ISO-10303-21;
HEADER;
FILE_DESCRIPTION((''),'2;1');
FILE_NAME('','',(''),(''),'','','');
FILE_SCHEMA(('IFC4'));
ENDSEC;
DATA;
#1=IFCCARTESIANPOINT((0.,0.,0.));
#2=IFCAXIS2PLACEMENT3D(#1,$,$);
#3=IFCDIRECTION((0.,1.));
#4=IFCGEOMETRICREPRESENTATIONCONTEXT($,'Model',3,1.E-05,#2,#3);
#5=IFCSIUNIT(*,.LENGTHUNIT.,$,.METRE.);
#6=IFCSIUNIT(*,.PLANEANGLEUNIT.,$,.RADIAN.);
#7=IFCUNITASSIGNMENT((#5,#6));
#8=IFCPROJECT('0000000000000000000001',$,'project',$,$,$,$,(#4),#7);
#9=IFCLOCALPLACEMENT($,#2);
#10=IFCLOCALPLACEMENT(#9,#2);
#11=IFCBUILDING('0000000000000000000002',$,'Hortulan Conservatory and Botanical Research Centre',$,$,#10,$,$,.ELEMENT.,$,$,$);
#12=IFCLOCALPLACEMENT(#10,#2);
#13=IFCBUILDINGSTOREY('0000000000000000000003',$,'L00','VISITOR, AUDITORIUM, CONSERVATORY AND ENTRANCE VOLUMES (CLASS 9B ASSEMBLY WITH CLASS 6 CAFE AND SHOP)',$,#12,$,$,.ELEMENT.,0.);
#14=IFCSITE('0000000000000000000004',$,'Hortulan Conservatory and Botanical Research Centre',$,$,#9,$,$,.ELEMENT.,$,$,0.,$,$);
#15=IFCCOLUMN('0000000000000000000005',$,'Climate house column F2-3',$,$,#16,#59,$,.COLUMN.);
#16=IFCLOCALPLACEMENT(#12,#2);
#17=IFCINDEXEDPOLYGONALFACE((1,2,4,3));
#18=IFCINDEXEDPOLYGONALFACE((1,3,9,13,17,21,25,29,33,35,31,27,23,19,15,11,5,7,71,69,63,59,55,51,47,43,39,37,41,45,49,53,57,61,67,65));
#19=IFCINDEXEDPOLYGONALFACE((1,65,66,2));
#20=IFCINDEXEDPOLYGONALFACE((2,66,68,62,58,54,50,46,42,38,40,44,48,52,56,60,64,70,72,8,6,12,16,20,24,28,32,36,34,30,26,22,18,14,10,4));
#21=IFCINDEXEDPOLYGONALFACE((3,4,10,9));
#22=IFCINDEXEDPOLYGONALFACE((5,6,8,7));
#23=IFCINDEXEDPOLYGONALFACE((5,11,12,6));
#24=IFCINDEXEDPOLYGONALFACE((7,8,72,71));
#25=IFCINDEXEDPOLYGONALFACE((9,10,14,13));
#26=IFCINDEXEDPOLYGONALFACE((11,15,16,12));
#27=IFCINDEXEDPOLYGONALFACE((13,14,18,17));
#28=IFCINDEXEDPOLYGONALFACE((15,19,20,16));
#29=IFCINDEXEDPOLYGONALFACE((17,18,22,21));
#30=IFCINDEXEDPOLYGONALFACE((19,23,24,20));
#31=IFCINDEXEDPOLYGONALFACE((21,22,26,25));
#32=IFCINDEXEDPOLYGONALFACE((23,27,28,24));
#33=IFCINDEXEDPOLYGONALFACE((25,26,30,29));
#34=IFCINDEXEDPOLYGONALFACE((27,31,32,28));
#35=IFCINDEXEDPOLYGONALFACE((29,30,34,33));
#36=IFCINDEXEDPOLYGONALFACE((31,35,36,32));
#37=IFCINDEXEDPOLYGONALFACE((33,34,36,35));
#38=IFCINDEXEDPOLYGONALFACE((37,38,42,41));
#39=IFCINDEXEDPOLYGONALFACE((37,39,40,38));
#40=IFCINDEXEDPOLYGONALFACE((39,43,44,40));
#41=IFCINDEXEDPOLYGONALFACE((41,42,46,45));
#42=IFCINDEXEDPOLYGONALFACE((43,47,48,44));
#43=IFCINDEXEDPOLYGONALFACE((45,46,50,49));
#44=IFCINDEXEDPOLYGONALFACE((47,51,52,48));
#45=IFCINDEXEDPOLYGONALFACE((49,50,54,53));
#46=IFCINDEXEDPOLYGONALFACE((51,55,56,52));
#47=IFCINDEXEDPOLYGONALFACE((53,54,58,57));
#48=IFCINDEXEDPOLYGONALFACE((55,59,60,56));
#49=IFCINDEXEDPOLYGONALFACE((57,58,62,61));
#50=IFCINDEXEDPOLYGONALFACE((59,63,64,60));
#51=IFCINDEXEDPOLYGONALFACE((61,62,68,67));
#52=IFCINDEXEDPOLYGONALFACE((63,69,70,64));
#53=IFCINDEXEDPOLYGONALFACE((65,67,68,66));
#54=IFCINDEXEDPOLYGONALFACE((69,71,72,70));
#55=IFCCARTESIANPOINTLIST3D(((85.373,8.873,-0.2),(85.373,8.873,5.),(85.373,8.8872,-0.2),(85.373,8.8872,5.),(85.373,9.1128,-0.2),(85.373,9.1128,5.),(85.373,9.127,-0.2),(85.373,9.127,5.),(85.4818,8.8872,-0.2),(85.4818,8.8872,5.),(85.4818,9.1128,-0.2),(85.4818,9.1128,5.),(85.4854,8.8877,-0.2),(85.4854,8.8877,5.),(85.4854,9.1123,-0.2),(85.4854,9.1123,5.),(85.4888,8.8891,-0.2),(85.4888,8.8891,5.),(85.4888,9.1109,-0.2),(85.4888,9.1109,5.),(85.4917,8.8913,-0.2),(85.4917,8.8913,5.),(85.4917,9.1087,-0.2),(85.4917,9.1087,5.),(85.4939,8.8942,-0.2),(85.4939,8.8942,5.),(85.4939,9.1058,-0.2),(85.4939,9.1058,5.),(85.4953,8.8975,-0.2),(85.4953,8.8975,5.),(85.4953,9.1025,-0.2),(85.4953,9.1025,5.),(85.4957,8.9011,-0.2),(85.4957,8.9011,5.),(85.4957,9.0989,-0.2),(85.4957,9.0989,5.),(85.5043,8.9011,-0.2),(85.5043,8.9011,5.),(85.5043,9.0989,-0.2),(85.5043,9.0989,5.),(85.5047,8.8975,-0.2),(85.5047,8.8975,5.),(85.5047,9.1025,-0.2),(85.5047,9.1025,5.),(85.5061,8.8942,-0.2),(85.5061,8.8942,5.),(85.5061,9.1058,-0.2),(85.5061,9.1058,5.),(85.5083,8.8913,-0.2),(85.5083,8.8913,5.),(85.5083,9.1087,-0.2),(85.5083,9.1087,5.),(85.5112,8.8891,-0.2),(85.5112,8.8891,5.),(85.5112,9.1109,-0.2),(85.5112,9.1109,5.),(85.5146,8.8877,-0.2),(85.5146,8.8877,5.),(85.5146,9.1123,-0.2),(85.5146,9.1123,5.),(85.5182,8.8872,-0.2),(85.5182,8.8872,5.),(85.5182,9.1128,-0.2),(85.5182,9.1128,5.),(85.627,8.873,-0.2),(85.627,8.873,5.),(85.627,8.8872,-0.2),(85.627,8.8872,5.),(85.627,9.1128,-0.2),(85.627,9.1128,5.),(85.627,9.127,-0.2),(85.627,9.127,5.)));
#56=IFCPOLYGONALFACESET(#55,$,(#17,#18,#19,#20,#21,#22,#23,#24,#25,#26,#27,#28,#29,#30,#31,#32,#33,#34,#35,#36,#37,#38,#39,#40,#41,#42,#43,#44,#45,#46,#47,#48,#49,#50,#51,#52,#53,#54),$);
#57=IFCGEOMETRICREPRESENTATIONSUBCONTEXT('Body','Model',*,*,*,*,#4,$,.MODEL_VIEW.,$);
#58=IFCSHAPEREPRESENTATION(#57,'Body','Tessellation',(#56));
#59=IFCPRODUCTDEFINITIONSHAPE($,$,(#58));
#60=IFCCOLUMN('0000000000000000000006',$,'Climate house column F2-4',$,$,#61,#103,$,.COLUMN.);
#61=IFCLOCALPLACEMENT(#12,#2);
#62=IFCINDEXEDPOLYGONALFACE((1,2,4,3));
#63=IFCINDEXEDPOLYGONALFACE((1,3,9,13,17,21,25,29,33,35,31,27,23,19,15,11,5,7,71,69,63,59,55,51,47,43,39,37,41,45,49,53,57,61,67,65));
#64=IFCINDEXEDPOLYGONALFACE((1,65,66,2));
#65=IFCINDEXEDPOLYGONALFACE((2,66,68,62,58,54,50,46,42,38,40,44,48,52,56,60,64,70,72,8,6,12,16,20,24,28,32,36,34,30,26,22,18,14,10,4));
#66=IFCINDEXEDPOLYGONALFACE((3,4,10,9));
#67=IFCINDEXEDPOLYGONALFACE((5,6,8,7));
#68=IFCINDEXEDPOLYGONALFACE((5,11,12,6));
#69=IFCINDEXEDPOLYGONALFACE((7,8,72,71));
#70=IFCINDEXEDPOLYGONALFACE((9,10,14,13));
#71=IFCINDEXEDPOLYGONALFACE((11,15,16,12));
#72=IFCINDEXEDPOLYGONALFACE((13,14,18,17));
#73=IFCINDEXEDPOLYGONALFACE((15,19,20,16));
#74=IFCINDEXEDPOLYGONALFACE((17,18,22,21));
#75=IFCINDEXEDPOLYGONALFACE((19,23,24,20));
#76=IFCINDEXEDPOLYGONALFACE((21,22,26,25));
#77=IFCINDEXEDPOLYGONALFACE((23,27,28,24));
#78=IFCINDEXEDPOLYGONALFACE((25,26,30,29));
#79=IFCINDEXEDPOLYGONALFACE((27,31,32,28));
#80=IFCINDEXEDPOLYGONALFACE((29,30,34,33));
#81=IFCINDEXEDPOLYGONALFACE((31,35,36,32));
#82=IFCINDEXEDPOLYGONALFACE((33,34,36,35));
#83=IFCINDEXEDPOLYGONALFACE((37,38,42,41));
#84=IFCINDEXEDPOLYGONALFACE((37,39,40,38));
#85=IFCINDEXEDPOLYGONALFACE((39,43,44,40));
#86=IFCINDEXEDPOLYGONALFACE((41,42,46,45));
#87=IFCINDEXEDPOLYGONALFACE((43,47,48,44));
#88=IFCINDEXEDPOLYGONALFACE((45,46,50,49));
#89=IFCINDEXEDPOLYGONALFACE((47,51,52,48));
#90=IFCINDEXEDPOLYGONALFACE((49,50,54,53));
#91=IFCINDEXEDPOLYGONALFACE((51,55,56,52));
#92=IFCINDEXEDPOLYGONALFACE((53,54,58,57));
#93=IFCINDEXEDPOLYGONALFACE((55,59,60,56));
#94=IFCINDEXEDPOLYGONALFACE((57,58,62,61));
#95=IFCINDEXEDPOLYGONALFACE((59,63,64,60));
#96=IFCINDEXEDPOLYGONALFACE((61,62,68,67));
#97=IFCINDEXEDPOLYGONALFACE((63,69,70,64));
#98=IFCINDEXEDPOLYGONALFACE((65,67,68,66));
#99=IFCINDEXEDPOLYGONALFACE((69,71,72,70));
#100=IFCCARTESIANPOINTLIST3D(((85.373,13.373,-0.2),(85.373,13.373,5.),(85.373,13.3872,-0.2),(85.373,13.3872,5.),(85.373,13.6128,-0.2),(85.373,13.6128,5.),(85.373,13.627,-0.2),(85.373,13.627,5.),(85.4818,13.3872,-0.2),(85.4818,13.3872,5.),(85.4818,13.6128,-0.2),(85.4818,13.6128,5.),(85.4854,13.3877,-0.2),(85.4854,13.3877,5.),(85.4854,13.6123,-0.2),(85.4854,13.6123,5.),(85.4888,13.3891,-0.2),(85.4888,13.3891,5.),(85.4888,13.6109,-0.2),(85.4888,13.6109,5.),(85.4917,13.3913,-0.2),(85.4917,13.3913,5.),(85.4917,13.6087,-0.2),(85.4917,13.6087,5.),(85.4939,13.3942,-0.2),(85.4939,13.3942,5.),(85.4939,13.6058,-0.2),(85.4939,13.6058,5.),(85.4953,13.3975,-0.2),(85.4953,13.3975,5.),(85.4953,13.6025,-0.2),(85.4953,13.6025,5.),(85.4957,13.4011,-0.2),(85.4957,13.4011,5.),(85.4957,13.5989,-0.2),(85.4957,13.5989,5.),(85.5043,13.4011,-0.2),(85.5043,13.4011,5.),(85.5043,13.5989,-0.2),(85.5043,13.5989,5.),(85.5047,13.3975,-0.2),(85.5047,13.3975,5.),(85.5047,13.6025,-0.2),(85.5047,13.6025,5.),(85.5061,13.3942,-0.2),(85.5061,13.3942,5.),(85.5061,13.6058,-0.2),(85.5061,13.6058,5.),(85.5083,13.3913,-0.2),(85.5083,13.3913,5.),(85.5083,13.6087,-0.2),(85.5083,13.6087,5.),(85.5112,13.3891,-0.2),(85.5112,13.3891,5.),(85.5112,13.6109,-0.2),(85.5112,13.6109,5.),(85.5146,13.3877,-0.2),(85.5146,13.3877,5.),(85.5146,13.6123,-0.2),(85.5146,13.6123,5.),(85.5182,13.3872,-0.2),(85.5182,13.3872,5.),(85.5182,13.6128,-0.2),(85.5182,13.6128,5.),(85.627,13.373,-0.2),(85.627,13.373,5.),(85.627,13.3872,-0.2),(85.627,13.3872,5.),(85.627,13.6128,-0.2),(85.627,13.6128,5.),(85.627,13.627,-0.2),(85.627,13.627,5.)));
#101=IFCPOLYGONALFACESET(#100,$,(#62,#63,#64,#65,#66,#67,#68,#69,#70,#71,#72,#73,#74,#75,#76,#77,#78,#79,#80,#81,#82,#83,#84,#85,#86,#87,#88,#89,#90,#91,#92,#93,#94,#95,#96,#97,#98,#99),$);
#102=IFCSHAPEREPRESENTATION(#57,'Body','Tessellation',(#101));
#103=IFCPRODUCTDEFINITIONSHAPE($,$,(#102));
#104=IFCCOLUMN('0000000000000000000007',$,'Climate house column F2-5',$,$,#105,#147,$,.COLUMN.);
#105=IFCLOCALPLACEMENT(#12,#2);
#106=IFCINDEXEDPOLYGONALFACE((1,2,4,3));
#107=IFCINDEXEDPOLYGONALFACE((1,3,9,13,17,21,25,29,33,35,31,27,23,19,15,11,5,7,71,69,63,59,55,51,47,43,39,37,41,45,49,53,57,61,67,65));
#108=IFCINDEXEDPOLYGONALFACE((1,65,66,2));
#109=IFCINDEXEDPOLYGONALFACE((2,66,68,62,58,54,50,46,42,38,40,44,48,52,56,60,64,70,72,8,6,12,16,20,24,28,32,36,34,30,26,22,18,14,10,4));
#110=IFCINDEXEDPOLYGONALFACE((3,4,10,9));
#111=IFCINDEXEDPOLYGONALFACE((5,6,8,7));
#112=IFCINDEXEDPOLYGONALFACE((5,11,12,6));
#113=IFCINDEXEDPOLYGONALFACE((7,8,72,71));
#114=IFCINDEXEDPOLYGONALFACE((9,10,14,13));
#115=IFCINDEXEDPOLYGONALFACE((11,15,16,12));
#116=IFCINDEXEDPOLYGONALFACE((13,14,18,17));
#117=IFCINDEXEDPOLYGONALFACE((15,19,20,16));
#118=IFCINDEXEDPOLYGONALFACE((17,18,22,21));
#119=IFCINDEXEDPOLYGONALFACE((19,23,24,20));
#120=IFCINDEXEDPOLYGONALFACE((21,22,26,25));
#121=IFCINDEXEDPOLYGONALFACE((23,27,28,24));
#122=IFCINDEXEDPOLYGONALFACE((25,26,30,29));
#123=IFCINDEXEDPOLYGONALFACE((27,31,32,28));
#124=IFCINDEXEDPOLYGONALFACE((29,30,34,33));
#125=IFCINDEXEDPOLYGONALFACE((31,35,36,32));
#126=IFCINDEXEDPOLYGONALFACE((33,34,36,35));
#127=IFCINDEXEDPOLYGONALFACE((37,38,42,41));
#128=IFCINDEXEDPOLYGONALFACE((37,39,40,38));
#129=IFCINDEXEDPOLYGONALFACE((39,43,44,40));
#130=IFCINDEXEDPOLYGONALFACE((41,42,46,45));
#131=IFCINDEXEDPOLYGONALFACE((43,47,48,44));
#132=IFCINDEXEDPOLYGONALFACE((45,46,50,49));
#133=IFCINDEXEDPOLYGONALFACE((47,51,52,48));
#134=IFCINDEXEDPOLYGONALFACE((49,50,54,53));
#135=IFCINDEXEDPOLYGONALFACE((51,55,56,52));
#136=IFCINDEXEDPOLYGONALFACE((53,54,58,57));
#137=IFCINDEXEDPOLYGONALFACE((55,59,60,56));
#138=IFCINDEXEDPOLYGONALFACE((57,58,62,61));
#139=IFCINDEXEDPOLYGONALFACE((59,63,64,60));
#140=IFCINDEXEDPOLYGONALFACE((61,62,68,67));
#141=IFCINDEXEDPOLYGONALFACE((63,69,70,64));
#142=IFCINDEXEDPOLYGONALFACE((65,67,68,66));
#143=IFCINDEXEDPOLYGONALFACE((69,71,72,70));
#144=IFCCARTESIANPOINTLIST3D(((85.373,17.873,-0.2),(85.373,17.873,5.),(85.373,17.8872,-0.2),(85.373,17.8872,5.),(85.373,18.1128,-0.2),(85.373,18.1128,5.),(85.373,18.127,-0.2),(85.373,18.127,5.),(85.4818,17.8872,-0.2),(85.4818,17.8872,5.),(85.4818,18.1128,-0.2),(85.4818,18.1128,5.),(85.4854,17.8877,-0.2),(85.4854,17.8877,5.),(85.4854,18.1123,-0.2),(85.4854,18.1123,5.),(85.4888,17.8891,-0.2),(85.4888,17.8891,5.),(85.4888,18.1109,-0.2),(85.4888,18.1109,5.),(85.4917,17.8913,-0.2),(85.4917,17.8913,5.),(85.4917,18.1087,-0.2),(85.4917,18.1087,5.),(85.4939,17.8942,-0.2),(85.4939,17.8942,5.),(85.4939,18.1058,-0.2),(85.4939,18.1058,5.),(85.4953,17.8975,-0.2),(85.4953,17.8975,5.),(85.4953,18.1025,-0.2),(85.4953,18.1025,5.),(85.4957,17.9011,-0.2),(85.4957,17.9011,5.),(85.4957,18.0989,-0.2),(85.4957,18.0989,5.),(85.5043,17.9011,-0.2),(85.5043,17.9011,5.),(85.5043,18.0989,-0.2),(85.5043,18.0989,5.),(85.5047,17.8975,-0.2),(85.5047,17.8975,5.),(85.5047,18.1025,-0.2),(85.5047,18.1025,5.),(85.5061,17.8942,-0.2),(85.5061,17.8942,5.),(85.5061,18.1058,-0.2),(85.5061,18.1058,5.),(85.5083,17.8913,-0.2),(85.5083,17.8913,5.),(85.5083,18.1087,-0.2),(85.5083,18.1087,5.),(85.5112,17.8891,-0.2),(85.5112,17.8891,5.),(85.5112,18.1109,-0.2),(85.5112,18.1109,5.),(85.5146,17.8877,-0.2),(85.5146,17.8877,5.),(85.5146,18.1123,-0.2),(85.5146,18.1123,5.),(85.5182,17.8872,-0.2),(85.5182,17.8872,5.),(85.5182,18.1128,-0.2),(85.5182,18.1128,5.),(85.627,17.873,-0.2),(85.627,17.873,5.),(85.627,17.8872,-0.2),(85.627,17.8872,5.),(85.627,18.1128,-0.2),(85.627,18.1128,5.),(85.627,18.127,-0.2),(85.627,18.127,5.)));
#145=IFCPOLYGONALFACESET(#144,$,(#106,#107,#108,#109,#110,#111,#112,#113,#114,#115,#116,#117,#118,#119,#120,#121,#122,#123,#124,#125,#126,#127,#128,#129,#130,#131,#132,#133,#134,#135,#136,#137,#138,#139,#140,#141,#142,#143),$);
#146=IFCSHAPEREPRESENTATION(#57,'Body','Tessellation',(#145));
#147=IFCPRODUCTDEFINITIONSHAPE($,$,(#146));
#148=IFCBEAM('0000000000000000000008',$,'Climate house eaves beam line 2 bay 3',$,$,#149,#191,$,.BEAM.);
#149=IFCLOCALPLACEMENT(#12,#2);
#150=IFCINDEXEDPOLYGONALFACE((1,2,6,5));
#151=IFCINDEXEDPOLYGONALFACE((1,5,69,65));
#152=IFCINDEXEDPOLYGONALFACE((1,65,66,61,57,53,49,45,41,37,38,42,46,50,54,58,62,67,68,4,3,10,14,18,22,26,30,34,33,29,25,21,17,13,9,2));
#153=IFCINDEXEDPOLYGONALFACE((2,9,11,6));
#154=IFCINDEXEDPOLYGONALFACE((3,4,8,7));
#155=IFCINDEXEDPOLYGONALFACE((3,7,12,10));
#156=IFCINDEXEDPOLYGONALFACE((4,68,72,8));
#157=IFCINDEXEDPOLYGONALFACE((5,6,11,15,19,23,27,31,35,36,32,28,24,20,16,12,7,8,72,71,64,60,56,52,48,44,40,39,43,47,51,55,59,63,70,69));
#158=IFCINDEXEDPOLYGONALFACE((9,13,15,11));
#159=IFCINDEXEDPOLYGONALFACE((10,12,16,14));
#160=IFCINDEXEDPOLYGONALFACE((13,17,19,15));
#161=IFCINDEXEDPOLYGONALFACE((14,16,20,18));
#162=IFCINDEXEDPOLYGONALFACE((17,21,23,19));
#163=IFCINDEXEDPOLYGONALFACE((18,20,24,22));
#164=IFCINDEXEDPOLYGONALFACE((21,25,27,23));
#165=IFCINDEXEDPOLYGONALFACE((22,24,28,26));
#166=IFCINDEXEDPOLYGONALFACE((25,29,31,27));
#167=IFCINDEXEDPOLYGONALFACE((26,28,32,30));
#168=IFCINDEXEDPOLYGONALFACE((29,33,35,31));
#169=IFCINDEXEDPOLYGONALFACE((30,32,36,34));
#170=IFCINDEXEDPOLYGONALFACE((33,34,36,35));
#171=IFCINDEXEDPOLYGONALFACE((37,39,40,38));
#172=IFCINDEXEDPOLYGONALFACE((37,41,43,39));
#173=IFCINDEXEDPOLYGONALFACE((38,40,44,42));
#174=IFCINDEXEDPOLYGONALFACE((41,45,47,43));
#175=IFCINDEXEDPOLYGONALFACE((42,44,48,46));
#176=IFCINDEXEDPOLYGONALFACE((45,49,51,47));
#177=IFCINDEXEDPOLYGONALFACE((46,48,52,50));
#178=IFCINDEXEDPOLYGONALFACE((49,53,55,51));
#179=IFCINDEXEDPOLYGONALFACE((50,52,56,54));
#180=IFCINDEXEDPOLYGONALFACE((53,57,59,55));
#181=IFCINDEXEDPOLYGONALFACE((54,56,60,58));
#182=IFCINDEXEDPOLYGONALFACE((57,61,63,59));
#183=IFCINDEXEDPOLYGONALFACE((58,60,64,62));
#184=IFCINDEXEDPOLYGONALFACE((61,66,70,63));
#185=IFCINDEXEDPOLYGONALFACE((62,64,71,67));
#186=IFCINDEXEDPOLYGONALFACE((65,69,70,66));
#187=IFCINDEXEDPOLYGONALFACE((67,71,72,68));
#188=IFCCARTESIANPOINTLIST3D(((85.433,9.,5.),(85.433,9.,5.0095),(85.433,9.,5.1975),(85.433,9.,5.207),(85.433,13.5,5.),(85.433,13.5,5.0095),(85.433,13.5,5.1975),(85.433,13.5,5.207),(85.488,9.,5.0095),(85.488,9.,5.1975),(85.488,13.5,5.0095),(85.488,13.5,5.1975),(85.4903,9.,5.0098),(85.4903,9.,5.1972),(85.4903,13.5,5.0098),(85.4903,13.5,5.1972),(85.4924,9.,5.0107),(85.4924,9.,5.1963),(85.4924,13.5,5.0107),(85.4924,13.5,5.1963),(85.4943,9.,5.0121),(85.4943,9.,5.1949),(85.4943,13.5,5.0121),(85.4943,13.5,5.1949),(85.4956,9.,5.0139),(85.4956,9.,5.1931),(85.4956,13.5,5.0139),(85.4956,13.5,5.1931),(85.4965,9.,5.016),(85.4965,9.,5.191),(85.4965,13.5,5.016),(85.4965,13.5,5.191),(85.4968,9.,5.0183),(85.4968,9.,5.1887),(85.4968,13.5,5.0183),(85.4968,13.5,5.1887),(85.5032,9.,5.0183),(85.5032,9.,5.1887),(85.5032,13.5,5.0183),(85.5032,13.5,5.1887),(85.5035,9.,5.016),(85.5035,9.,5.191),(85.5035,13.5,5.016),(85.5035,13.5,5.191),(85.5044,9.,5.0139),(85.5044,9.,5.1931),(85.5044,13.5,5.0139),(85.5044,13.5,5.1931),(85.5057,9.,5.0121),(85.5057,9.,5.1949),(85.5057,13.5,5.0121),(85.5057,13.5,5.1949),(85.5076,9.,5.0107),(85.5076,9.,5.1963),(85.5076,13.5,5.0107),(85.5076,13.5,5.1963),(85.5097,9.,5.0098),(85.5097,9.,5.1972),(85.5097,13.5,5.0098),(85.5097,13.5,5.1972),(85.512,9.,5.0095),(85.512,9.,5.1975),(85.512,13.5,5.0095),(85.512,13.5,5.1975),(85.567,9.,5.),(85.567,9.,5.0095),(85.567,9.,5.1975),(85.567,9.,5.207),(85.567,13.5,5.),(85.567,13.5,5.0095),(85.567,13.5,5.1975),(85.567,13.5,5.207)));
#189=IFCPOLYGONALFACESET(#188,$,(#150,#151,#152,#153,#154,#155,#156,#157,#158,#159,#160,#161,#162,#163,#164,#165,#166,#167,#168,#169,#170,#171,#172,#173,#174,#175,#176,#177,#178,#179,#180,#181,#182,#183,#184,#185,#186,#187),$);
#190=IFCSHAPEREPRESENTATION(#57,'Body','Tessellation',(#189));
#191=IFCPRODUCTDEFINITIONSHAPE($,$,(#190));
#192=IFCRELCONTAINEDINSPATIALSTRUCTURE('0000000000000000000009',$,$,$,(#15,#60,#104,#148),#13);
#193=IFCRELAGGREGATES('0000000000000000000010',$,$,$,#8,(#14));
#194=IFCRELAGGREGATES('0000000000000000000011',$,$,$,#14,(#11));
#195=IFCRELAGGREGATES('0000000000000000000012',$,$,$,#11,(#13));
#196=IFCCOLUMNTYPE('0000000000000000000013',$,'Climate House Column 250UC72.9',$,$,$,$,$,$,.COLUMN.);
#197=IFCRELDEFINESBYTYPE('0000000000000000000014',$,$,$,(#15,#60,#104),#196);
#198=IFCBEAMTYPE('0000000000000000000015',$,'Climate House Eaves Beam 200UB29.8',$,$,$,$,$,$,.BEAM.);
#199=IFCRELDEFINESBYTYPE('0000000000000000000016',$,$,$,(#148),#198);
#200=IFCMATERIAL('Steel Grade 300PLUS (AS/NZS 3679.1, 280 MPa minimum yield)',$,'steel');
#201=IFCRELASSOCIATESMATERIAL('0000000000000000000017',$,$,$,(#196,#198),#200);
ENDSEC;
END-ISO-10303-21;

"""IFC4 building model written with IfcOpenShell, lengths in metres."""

from ifc_helpers import new_model, si_unit, direction, frame, origin, origin_2d, place, context, subcontext, project, spatial, i_section, extrude, material, material_profile, profile_set, type_object, element, save


model = new_model("IFC4")

# Units and contexts
model_context = context("Model", 3, precision=1e-05, world=origin(), true_north=direction((0.0, 1.0)))
body_context = subcontext(model_context, "Body", "Model", "MODEL_VIEW")
ifc_project = project(units=[si_unit("LENGTHUNIT", "METRE"), si_unit("PLANEANGLEUNIT", "RADIAN")], contexts=[model_context])

# Site, building, storey
site_placement = place(None, origin())
site = spatial("IfcSite", under=ifc_project, at=site_placement, Name="Hortulan Conservatory and Botanical Research Centre", CompositionType="ELEMENT", RefElevation=0.0)
building_placement = place(site_placement, origin())
building = spatial("IfcBuilding", under=site, at=building_placement, Name="Hortulan Conservatory and Botanical Research Centre", CompositionType="ELEMENT")
storey_placement = place(building_placement, origin())
storey = spatial("IfcBuildingStorey", under=building, at=storey_placement, Name="L00", Description="VISITOR, AUDITORIUM, CONSERVATORY AND ENTRANCE VOLUMES (CLASS 9B ASSEMBLY WITH CLASS 6 CAFE AND SHOP)", CompositionType="ELEMENT", Elevation=0.0)

# Columns
ifc_material_1 = material(Name="Steel Grade 300PLUS (AS/NZS 3679.1, 280 MPa minimum yield)", Category="steel")
ifc_material_profile_1 = material_profile(ifc_material_1, i_section(OverallWidth=0.2539, OverallDepth=0.2539, WebThickness=0.0085, FlangeThickness=0.0142, FilletRadius=0.0139, at=origin_2d()), Name="250UC72.9")
ifc_profile_set_1 = profile_set([ifc_material_profile_1], Name="Steel Grade 300PLUS (AS/NZS 3679.1, 280 MPa minimum yield)")
column_type = type_object("IfcColumnType", Name="Climate House Column 250UC72.9", PredefinedType="COLUMN", material=ifc_profile_set_1)
for number, where, z_axis, x_axis, name in (
    (1, (85.5, 9.0, -0.2), (0.0, 0.0, 1.0), (1.0, 0.0, 0.0), "Climate house column F2-3"),
    (2, (85.5, 13.5, -0.2), (0.0, 0.0, 1.0), (1.0, 0.0, 0.0), "Climate house column F2-4"),
    (3, (85.5, 18.0, -0.2), (0.0, 0.0, 1.0), (1.0, 0.0, 0.0), "Climate house column F2-5"),
):
    element("IfcColumn", number, at=place(storey_placement, frame(where, z_axis=z_axis, x_axis=x_axis)), inside=storey, type_object=column_type, Name=name, PredefinedType="COLUMN", context=body_context, shape_type="SweptSolid", body=[
        extrude(i_section(OverallWidth=0.2539, OverallDepth=0.2539, WebThickness=0.0085, FlangeThickness=0.0142, FilletRadius=0.0139, at=origin_2d()), origin(), (0.0, 0.0, 1.0), 5.2),
    ])

# Beam
ifc_material_profile_2 = material_profile(ifc_material_1, i_section(OverallWidth=0.134, OverallDepth=0.207, WebThickness=0.0063, FlangeThickness=0.0095, FilletRadius=0.0088, at=origin_2d()), Name="200UB29.8")
ifc_profile_set_2 = profile_set([ifc_material_profile_2], Name="Steel Grade 300PLUS (AS/NZS 3679.1, 280 MPa minimum yield)")
beam_type = type_object("IfcBeamType", Name="Climate House Eaves Beam 200UB29.8", PredefinedType="BEAM", material=ifc_profile_set_2)
for number, where, z_axis, x_axis, name in (
    (4, (85.5, 9.0, 5.1035), (0.0, 1.0, 0.0), (-1.0, 0.0, 0.0), "Climate house eaves beam line 2 bay 3"),
):
    element("IfcBeam", number, at=place(storey_placement, frame(where, z_axis=z_axis, x_axis=x_axis)), inside=storey, type_object=beam_type, Name=name, PredefinedType="BEAM", context=body_context, shape_type="SweptSolid", body=[
        extrude(i_section(OverallWidth=0.134, OverallDepth=0.207, WebThickness=0.0063, FlangeThickness=0.0095, FilletRadius=0.0088, at=origin_2d()), origin(), (0.0, 0.0, 1.0), 4.5),
    ])

save(model, "model.ifc")
